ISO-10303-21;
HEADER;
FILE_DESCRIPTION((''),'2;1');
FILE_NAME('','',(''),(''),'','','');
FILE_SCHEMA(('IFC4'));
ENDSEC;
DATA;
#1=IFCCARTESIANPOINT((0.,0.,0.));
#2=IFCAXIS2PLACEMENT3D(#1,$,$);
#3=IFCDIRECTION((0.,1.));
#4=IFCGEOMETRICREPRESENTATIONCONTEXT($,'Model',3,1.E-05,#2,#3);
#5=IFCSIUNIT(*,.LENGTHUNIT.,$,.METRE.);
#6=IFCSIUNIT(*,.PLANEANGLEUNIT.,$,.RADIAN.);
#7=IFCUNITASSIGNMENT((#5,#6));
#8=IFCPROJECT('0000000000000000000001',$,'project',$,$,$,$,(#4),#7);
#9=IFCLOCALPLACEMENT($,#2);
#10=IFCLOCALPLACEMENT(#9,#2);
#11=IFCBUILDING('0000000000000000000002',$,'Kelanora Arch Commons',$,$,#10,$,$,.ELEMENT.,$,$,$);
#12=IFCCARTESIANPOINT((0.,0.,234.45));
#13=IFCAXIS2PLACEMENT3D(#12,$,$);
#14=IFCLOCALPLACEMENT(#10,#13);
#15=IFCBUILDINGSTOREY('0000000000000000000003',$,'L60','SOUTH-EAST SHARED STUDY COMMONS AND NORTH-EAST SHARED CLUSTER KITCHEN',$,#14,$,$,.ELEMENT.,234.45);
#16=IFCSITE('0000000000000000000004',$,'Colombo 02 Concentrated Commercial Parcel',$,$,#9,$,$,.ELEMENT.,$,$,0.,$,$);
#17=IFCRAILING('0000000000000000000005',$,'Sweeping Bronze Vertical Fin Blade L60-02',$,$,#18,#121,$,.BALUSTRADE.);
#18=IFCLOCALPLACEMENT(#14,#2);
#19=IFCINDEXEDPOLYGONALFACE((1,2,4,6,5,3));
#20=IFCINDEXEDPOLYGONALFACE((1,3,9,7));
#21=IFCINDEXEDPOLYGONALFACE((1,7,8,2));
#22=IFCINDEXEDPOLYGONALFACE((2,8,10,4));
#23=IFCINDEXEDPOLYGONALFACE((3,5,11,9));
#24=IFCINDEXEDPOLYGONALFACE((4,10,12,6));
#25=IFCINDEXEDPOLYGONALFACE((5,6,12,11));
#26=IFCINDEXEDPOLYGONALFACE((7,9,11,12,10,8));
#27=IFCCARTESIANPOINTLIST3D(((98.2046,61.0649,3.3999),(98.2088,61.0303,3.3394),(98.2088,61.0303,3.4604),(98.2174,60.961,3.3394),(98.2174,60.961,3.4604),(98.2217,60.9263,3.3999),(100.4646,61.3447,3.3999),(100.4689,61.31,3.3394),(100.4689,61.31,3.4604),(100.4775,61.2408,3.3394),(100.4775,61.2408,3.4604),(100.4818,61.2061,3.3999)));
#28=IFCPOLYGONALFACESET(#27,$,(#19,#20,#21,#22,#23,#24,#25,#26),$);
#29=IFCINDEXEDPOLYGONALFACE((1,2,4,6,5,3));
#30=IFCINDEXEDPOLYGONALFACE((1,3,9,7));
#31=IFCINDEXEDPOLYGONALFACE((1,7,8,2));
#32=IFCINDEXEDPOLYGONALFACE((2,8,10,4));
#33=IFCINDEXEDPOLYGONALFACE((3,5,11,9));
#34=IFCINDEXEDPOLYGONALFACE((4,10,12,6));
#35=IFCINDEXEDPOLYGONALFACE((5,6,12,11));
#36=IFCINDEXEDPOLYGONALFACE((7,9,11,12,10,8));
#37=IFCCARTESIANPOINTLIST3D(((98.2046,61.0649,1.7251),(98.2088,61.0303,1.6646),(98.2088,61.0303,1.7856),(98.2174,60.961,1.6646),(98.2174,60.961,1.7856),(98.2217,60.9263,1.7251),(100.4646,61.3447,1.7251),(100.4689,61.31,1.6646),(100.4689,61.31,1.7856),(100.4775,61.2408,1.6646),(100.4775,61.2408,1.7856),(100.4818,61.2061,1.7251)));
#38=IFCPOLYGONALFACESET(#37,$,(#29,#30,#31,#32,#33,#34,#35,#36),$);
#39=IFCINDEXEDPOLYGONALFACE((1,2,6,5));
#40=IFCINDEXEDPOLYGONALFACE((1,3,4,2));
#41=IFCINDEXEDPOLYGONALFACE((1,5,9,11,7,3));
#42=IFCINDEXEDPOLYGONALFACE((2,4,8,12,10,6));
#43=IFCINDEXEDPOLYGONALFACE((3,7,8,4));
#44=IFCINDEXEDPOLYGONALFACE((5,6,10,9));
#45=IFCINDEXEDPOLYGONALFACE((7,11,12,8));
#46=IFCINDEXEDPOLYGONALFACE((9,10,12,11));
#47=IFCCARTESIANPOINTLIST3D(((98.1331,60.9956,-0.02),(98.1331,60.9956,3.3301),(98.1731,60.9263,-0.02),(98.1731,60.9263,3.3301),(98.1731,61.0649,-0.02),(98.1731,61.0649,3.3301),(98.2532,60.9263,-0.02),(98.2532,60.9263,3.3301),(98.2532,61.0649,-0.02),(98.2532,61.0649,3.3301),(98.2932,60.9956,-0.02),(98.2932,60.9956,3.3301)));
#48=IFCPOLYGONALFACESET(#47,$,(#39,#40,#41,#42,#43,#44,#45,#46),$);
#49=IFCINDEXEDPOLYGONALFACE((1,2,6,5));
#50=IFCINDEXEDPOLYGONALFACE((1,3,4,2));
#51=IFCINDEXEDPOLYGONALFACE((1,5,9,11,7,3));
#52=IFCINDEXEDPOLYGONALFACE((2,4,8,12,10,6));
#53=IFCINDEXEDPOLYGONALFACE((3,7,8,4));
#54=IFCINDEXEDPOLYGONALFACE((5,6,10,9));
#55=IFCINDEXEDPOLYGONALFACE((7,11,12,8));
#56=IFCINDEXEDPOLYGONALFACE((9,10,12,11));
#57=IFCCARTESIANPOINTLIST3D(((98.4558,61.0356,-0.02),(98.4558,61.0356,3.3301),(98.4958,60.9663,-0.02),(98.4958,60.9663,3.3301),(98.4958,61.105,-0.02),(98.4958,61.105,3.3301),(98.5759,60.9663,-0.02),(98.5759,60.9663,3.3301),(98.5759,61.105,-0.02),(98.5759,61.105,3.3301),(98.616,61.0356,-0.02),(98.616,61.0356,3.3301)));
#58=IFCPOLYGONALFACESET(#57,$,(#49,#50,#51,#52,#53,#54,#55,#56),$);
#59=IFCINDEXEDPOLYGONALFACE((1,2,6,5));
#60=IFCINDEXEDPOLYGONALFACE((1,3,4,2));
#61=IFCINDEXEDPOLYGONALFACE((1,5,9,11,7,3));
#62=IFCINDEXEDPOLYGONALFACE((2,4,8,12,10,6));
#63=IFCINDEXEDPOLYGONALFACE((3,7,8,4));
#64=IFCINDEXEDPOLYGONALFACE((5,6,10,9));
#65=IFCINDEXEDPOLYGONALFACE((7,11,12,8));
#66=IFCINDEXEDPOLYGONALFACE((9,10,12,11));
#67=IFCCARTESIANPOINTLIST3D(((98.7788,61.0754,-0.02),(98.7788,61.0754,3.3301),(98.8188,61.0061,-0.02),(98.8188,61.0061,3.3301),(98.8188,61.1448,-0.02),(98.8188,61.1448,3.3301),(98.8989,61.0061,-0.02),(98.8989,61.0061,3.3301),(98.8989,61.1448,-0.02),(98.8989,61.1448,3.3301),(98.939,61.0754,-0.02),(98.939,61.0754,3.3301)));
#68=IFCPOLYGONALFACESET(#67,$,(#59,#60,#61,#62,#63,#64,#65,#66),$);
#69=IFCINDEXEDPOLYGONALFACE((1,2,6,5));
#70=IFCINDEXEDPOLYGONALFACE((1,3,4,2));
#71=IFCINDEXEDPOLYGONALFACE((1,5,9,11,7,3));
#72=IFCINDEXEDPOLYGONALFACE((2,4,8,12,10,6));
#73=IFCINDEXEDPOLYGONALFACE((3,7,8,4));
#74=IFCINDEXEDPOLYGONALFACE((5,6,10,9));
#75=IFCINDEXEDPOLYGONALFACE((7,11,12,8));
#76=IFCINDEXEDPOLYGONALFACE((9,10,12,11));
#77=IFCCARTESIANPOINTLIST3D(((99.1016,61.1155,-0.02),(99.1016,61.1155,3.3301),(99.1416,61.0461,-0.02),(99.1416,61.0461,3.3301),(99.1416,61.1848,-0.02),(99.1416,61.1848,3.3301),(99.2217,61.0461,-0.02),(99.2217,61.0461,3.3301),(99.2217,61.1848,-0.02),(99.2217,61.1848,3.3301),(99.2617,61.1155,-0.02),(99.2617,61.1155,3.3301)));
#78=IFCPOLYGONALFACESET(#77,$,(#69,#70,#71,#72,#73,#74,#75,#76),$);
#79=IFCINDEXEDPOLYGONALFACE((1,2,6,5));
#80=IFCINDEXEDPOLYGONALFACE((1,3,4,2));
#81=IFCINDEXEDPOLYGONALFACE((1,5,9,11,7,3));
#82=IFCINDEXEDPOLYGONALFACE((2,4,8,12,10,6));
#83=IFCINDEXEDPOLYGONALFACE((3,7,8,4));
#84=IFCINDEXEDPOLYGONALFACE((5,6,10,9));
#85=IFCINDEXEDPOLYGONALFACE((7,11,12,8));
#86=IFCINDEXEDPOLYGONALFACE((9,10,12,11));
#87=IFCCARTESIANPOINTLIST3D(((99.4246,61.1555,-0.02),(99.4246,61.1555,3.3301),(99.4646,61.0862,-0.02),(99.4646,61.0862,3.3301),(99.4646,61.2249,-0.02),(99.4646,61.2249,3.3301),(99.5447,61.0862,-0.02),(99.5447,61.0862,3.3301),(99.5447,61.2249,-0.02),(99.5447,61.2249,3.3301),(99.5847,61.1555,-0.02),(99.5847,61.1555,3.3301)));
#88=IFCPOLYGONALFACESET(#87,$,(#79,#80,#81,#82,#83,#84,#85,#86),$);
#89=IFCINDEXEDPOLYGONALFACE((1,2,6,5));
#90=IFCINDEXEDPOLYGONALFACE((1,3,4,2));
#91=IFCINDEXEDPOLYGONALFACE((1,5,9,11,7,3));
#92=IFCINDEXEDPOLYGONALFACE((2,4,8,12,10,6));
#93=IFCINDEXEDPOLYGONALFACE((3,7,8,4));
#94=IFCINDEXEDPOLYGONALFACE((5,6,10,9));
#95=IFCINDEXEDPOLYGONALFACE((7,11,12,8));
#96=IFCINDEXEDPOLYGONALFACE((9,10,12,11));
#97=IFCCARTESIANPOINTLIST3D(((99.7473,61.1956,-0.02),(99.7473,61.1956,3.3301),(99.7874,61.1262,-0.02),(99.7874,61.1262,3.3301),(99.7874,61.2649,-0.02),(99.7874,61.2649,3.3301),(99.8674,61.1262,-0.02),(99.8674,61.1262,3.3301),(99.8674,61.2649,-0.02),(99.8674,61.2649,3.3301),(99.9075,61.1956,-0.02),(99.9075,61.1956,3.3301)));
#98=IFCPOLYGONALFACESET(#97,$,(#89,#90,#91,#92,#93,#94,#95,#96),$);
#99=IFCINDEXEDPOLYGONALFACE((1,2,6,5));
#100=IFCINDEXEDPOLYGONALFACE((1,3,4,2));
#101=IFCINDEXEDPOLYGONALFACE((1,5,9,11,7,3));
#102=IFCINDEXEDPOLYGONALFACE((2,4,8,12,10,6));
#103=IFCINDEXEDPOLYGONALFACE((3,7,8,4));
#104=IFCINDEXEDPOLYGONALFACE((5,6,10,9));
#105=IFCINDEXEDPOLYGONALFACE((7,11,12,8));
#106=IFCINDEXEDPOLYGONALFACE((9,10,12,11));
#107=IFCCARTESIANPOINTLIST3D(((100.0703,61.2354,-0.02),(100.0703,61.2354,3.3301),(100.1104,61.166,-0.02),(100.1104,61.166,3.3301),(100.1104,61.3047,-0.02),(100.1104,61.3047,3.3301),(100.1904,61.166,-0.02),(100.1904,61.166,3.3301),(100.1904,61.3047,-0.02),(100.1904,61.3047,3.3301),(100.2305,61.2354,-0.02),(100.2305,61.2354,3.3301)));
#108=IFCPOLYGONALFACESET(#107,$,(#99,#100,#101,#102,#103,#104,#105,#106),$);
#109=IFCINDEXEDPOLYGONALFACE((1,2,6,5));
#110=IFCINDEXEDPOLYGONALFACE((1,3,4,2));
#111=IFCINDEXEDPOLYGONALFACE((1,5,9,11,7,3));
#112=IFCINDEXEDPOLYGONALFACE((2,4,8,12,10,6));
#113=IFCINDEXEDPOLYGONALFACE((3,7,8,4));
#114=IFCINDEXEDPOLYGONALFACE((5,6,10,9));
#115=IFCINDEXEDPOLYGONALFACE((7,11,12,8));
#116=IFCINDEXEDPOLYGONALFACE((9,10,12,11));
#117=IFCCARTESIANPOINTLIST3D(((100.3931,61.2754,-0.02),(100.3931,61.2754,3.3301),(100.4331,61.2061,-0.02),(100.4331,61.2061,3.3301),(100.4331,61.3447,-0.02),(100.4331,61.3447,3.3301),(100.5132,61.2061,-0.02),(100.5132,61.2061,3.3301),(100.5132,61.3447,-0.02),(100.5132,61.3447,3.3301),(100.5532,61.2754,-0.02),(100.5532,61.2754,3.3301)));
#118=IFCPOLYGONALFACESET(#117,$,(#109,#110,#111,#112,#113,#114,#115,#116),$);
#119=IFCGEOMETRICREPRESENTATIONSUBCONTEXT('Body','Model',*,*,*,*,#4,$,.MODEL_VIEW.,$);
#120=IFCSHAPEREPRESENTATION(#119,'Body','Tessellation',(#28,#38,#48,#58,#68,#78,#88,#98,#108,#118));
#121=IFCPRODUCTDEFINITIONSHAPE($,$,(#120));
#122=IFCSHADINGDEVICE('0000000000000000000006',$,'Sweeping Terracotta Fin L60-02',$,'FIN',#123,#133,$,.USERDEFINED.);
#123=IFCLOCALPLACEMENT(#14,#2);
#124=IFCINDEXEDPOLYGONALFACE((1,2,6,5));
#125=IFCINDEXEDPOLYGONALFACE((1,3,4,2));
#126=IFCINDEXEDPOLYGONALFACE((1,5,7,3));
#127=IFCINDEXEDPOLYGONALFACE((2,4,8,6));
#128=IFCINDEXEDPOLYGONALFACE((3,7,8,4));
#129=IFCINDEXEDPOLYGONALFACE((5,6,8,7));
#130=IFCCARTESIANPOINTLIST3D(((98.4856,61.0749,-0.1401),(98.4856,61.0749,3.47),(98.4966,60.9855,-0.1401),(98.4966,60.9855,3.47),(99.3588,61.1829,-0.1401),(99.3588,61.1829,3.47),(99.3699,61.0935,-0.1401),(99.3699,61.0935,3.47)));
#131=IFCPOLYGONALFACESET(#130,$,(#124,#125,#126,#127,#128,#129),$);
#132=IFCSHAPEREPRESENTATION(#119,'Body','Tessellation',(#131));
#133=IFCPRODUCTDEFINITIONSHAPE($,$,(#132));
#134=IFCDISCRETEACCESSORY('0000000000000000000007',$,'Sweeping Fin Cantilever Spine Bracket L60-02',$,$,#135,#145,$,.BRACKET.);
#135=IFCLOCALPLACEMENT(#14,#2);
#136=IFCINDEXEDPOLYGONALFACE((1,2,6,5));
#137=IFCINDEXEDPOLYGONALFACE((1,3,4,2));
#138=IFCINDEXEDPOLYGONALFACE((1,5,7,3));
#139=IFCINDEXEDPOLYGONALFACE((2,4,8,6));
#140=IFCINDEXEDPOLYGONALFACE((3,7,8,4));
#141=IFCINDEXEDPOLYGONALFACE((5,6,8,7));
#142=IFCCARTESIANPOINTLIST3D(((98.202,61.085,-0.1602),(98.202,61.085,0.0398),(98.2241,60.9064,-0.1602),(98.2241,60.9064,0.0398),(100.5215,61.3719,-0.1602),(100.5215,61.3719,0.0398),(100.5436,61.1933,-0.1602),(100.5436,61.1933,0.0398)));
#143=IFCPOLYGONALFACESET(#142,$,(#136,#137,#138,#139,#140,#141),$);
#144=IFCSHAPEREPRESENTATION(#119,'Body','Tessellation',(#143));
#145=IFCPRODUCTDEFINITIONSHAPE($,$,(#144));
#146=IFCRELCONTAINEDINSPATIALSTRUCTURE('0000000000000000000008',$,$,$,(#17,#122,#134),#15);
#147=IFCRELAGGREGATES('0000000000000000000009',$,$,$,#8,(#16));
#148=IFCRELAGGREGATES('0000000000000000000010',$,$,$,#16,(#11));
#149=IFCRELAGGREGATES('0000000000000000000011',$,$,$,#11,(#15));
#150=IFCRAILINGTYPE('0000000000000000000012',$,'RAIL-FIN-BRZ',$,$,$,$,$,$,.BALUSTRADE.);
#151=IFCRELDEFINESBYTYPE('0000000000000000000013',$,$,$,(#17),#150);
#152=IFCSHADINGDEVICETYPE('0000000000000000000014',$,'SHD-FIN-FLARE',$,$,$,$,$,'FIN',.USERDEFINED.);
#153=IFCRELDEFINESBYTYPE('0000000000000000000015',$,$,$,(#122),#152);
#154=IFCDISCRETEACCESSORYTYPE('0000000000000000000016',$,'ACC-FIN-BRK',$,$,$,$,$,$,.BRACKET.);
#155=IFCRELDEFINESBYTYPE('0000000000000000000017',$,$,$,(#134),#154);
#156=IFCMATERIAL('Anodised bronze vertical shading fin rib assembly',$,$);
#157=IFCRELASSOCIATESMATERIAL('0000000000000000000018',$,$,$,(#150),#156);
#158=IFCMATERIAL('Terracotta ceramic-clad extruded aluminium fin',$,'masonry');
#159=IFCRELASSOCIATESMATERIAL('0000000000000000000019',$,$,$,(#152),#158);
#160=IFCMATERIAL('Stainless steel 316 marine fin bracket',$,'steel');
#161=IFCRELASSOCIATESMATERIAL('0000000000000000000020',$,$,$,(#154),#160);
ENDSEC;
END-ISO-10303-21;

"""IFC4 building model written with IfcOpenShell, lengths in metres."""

from ifc_helpers import new_model, si_unit, direction, frame, origin, origin_2d, place, context, subcontext, project, spatial, polyline, rectangle, outline, extrude, source, transform, mapped, material, type_object, element, save


model = new_model("IFC4")

# Units and contexts
model_context = context("Model", 3, precision=1e-05, world=origin(), true_north=direction((0.0, 1.0)))
body_context = subcontext(model_context, "Body", "Model", "MODEL_VIEW")
ifc_project = project(units=[si_unit("LENGTHUNIT", "METRE"), si_unit("PLANEANGLEUNIT", "RADIAN")], contexts=[model_context])

# Site, building, storey
site_placement = place(None, origin())
site = spatial("IfcSite", under=ifc_project, at=site_placement, Name="Colombo 02 Concentrated Commercial Parcel", CompositionType="ELEMENT", RefElevation=0.0)
building_placement = place(site_placement, origin())
building = spatial("IfcBuilding", under=site, at=building_placement, Name="Kelanora Arch Commons", CompositionType="ELEMENT")
storey_placement = place(building_placement, frame((0.0, 0.0, 234.45)))
storey = spatial("IfcBuildingStorey", under=building, at=storey_placement, Name="L60", Description="SOUTH-EAST SHARED STUDY COMMONS AND NORTH-EAST SHARED CLUSTER KITCHEN", CompositionType="ELEMENT", Elevation=234.45)

# Railing
ifc_material_1 = material(Name="Anodised bronze vertical shading fin rib assembly")
railing_type_1 = type_object("IfcRailingType", Name="RAIL-FIN-BRZ", PredefinedType="BALUSTRADE", material=ifc_material_1)
railing_1_placement = place(storey_placement, frame((98.2131, 60.9956, -0.02)))
element("IfcRailing", 1, at=railing_1_placement, inside=storey, type_object=railing_type_1, Name="Sweeping Bronze Vertical Fin Blade L60-02", PredefinedType="BALUSTRADE", context=body_context, shape_type="SweptSolid", body=[
    extrude(outline(polyline([(0.0698, 0.0), (0.0349, 0.0605), (-0.0349, 0.0605), (-0.0698, 0.0), (-0.0349, -0.0605), (0.0349, -0.0605), (0.0698, 0.0)])), frame((0.0, 0.0, 3.4199), z_axis=(0.992424, 0.12286, 0.0), x_axis=(-0.12286, 0.992424, 0.0)), (0.0, 0.0, 1.0), 2.2773),
    extrude(outline(polyline([(0.0698, 0.0), (0.0349, 0.0605), (-0.0349, 0.0605), (-0.0698, 0.0), (-0.0349, -0.0605), (0.0349, -0.0605), (0.0698, 0.0)])), frame((0.0, 0.0, 1.7451), z_axis=(0.992424, 0.12286, 0.0), x_axis=(-0.12286, 0.992424, 0.0)), (0.0, 0.0, 1.0), 2.2773),
    extrude(outline(polyline([(0.0801, 0.0), (0.04, 0.0693), (-0.04, 0.0693), (-0.0801, 0.0), (-0.04, -0.0693), (0.04, -0.0693), (0.0801, 0.0)])), origin(), (0.0, 0.0, 1.0), 3.3501),
    extrude(outline(polyline([(0.0801, 0.0), (0.04, 0.0693), (-0.04, 0.0693), (-0.0801, 0.0), (-0.04, -0.0693), (0.04, -0.0693), (0.0801, 0.0)])), frame((0.3228, 0.04, 0.0)), (0.0, 0.0, 1.0), 3.3501),
    extrude(outline(polyline([(0.0801, 0.0), (0.04, 0.0693), (-0.04, 0.0693), (-0.0801, 0.0), (-0.04, -0.0693), (0.04, -0.0693), (0.0801, 0.0)])), frame((0.6458, 0.0798, 0.0)), (0.0, 0.0, 1.0), 3.3501),
    extrude(outline(polyline([(0.0801, 0.0), (0.04, 0.0693), (-0.04, 0.0693), (-0.0801, 0.0), (-0.04, -0.0693), (0.04, -0.0693), (0.0801, 0.0)])), frame((0.9685, 0.1199, 0.0)), (0.0, 0.0, 1.0), 3.3501),
    extrude(outline(polyline([(0.0801, 0.0), (0.04, 0.0693), (-0.04, 0.0693), (-0.0801, 0.0), (-0.04, -0.0693), (0.04, -0.0693), (0.0801, 0.0)])), frame((1.2915, 0.1599, 0.0)), (0.0, 0.0, 1.0), 3.3501),
    extrude(outline(polyline([(0.0801, 0.0), (0.04, 0.0693), (-0.04, 0.0693), (-0.0801, 0.0), (-0.04, -0.0693), (0.04, -0.0693), (0.0801, 0.0)])), frame((1.6143, 0.2, 0.0)), (0.0, 0.0, 1.0), 3.3501),
    extrude(outline(polyline([(0.0801, 0.0), (0.04, 0.0693), (-0.04, 0.0693), (-0.0801, 0.0), (-0.04, -0.0693), (0.04, -0.0693), (0.0801, 0.0)])), frame((1.9373, 0.2397, 0.0)), (0.0, 0.0, 1.0), 3.3501),
    extrude(outline(polyline([(0.0801, 0.0), (0.04, 0.0693), (-0.04, 0.0693), (-0.0801, 0.0), (-0.04, -0.0693), (0.04, -0.0693), (0.0801, 0.0)])), frame((2.26, 0.2798, 0.0)), (0.0, 0.0, 1.0), 3.3501),
])

# Shading device
ifc_material_2 = material(Name="Terracotta ceramic-clad extruded aluminium fin", Category="masonry")
shading_device_type = type_object("IfcShadingDeviceType", Name="SHD-FIN-FLARE", ElementType="FIN", PredefinedType="USERDEFINED", material=ifc_material_2)
shared_shape_1 = source(origin(), body_context, "Body", "SweptSolid", [
    extrude(rectangle(XDim=0.8799, YDim=0.0901, at=origin_2d()), origin(), (0.0, 0.0, 1.0), 3.6101),
])
shading_device_placement = place(storey_placement, frame((98.9277, 61.0842, -0.1401), z_axis=(0.0, 0.0, 1.0), x_axis=(0.992439, 0.122735, 0.0)))
element("IfcShadingDevice", 2, at=shading_device_placement, inside=storey, type_object=shading_device_type, Name="Sweeping Terracotta Fin L60-02", ObjectType="FIN", PredefinedType="USERDEFINED", context=body_context, shape_type="MappedRepresentation", body=[
    mapped(shared_shape_1, transform((0.0, 0.0, 0.0), scale=1.0)),
])

# Discrete accessory
ifc_material_3 = material(Name="Stainless steel 316 marine fin bracket", Category="steel")
discrete_accessory_type = type_object("IfcDiscreteAccessoryType", Name="ACC-FIN-BRK", PredefinedType="BRACKET", material=ifc_material_3)
shared_shape_2 = source(origin(), body_context, "Body", "SweptSolid", [
    extrude(rectangle(XDim=2.3372, YDim=0.1799, at=origin_2d()), origin(), (0.0, 0.0, 1.0), 0.2),
])
discrete_accessory_placement = place(storey_placement, frame((99.3728, 61.1392, -0.1602), z_axis=(0.0, 0.0, 1.0), x_axis=(0.992439, 0.122735, 0.0)))
element("IfcDiscreteAccessory", 3, at=discrete_accessory_placement, inside=storey, type_object=discrete_accessory_type, Name="Sweeping Fin Cantilever Spine Bracket L60-02", PredefinedType="BRACKET", context=body_context, shape_type="MappedRepresentation", body=[
    mapped(shared_shape_2, transform((0.0, 0.0, 0.0), scale=1.0)),
])

save(model, "model.ifc")
